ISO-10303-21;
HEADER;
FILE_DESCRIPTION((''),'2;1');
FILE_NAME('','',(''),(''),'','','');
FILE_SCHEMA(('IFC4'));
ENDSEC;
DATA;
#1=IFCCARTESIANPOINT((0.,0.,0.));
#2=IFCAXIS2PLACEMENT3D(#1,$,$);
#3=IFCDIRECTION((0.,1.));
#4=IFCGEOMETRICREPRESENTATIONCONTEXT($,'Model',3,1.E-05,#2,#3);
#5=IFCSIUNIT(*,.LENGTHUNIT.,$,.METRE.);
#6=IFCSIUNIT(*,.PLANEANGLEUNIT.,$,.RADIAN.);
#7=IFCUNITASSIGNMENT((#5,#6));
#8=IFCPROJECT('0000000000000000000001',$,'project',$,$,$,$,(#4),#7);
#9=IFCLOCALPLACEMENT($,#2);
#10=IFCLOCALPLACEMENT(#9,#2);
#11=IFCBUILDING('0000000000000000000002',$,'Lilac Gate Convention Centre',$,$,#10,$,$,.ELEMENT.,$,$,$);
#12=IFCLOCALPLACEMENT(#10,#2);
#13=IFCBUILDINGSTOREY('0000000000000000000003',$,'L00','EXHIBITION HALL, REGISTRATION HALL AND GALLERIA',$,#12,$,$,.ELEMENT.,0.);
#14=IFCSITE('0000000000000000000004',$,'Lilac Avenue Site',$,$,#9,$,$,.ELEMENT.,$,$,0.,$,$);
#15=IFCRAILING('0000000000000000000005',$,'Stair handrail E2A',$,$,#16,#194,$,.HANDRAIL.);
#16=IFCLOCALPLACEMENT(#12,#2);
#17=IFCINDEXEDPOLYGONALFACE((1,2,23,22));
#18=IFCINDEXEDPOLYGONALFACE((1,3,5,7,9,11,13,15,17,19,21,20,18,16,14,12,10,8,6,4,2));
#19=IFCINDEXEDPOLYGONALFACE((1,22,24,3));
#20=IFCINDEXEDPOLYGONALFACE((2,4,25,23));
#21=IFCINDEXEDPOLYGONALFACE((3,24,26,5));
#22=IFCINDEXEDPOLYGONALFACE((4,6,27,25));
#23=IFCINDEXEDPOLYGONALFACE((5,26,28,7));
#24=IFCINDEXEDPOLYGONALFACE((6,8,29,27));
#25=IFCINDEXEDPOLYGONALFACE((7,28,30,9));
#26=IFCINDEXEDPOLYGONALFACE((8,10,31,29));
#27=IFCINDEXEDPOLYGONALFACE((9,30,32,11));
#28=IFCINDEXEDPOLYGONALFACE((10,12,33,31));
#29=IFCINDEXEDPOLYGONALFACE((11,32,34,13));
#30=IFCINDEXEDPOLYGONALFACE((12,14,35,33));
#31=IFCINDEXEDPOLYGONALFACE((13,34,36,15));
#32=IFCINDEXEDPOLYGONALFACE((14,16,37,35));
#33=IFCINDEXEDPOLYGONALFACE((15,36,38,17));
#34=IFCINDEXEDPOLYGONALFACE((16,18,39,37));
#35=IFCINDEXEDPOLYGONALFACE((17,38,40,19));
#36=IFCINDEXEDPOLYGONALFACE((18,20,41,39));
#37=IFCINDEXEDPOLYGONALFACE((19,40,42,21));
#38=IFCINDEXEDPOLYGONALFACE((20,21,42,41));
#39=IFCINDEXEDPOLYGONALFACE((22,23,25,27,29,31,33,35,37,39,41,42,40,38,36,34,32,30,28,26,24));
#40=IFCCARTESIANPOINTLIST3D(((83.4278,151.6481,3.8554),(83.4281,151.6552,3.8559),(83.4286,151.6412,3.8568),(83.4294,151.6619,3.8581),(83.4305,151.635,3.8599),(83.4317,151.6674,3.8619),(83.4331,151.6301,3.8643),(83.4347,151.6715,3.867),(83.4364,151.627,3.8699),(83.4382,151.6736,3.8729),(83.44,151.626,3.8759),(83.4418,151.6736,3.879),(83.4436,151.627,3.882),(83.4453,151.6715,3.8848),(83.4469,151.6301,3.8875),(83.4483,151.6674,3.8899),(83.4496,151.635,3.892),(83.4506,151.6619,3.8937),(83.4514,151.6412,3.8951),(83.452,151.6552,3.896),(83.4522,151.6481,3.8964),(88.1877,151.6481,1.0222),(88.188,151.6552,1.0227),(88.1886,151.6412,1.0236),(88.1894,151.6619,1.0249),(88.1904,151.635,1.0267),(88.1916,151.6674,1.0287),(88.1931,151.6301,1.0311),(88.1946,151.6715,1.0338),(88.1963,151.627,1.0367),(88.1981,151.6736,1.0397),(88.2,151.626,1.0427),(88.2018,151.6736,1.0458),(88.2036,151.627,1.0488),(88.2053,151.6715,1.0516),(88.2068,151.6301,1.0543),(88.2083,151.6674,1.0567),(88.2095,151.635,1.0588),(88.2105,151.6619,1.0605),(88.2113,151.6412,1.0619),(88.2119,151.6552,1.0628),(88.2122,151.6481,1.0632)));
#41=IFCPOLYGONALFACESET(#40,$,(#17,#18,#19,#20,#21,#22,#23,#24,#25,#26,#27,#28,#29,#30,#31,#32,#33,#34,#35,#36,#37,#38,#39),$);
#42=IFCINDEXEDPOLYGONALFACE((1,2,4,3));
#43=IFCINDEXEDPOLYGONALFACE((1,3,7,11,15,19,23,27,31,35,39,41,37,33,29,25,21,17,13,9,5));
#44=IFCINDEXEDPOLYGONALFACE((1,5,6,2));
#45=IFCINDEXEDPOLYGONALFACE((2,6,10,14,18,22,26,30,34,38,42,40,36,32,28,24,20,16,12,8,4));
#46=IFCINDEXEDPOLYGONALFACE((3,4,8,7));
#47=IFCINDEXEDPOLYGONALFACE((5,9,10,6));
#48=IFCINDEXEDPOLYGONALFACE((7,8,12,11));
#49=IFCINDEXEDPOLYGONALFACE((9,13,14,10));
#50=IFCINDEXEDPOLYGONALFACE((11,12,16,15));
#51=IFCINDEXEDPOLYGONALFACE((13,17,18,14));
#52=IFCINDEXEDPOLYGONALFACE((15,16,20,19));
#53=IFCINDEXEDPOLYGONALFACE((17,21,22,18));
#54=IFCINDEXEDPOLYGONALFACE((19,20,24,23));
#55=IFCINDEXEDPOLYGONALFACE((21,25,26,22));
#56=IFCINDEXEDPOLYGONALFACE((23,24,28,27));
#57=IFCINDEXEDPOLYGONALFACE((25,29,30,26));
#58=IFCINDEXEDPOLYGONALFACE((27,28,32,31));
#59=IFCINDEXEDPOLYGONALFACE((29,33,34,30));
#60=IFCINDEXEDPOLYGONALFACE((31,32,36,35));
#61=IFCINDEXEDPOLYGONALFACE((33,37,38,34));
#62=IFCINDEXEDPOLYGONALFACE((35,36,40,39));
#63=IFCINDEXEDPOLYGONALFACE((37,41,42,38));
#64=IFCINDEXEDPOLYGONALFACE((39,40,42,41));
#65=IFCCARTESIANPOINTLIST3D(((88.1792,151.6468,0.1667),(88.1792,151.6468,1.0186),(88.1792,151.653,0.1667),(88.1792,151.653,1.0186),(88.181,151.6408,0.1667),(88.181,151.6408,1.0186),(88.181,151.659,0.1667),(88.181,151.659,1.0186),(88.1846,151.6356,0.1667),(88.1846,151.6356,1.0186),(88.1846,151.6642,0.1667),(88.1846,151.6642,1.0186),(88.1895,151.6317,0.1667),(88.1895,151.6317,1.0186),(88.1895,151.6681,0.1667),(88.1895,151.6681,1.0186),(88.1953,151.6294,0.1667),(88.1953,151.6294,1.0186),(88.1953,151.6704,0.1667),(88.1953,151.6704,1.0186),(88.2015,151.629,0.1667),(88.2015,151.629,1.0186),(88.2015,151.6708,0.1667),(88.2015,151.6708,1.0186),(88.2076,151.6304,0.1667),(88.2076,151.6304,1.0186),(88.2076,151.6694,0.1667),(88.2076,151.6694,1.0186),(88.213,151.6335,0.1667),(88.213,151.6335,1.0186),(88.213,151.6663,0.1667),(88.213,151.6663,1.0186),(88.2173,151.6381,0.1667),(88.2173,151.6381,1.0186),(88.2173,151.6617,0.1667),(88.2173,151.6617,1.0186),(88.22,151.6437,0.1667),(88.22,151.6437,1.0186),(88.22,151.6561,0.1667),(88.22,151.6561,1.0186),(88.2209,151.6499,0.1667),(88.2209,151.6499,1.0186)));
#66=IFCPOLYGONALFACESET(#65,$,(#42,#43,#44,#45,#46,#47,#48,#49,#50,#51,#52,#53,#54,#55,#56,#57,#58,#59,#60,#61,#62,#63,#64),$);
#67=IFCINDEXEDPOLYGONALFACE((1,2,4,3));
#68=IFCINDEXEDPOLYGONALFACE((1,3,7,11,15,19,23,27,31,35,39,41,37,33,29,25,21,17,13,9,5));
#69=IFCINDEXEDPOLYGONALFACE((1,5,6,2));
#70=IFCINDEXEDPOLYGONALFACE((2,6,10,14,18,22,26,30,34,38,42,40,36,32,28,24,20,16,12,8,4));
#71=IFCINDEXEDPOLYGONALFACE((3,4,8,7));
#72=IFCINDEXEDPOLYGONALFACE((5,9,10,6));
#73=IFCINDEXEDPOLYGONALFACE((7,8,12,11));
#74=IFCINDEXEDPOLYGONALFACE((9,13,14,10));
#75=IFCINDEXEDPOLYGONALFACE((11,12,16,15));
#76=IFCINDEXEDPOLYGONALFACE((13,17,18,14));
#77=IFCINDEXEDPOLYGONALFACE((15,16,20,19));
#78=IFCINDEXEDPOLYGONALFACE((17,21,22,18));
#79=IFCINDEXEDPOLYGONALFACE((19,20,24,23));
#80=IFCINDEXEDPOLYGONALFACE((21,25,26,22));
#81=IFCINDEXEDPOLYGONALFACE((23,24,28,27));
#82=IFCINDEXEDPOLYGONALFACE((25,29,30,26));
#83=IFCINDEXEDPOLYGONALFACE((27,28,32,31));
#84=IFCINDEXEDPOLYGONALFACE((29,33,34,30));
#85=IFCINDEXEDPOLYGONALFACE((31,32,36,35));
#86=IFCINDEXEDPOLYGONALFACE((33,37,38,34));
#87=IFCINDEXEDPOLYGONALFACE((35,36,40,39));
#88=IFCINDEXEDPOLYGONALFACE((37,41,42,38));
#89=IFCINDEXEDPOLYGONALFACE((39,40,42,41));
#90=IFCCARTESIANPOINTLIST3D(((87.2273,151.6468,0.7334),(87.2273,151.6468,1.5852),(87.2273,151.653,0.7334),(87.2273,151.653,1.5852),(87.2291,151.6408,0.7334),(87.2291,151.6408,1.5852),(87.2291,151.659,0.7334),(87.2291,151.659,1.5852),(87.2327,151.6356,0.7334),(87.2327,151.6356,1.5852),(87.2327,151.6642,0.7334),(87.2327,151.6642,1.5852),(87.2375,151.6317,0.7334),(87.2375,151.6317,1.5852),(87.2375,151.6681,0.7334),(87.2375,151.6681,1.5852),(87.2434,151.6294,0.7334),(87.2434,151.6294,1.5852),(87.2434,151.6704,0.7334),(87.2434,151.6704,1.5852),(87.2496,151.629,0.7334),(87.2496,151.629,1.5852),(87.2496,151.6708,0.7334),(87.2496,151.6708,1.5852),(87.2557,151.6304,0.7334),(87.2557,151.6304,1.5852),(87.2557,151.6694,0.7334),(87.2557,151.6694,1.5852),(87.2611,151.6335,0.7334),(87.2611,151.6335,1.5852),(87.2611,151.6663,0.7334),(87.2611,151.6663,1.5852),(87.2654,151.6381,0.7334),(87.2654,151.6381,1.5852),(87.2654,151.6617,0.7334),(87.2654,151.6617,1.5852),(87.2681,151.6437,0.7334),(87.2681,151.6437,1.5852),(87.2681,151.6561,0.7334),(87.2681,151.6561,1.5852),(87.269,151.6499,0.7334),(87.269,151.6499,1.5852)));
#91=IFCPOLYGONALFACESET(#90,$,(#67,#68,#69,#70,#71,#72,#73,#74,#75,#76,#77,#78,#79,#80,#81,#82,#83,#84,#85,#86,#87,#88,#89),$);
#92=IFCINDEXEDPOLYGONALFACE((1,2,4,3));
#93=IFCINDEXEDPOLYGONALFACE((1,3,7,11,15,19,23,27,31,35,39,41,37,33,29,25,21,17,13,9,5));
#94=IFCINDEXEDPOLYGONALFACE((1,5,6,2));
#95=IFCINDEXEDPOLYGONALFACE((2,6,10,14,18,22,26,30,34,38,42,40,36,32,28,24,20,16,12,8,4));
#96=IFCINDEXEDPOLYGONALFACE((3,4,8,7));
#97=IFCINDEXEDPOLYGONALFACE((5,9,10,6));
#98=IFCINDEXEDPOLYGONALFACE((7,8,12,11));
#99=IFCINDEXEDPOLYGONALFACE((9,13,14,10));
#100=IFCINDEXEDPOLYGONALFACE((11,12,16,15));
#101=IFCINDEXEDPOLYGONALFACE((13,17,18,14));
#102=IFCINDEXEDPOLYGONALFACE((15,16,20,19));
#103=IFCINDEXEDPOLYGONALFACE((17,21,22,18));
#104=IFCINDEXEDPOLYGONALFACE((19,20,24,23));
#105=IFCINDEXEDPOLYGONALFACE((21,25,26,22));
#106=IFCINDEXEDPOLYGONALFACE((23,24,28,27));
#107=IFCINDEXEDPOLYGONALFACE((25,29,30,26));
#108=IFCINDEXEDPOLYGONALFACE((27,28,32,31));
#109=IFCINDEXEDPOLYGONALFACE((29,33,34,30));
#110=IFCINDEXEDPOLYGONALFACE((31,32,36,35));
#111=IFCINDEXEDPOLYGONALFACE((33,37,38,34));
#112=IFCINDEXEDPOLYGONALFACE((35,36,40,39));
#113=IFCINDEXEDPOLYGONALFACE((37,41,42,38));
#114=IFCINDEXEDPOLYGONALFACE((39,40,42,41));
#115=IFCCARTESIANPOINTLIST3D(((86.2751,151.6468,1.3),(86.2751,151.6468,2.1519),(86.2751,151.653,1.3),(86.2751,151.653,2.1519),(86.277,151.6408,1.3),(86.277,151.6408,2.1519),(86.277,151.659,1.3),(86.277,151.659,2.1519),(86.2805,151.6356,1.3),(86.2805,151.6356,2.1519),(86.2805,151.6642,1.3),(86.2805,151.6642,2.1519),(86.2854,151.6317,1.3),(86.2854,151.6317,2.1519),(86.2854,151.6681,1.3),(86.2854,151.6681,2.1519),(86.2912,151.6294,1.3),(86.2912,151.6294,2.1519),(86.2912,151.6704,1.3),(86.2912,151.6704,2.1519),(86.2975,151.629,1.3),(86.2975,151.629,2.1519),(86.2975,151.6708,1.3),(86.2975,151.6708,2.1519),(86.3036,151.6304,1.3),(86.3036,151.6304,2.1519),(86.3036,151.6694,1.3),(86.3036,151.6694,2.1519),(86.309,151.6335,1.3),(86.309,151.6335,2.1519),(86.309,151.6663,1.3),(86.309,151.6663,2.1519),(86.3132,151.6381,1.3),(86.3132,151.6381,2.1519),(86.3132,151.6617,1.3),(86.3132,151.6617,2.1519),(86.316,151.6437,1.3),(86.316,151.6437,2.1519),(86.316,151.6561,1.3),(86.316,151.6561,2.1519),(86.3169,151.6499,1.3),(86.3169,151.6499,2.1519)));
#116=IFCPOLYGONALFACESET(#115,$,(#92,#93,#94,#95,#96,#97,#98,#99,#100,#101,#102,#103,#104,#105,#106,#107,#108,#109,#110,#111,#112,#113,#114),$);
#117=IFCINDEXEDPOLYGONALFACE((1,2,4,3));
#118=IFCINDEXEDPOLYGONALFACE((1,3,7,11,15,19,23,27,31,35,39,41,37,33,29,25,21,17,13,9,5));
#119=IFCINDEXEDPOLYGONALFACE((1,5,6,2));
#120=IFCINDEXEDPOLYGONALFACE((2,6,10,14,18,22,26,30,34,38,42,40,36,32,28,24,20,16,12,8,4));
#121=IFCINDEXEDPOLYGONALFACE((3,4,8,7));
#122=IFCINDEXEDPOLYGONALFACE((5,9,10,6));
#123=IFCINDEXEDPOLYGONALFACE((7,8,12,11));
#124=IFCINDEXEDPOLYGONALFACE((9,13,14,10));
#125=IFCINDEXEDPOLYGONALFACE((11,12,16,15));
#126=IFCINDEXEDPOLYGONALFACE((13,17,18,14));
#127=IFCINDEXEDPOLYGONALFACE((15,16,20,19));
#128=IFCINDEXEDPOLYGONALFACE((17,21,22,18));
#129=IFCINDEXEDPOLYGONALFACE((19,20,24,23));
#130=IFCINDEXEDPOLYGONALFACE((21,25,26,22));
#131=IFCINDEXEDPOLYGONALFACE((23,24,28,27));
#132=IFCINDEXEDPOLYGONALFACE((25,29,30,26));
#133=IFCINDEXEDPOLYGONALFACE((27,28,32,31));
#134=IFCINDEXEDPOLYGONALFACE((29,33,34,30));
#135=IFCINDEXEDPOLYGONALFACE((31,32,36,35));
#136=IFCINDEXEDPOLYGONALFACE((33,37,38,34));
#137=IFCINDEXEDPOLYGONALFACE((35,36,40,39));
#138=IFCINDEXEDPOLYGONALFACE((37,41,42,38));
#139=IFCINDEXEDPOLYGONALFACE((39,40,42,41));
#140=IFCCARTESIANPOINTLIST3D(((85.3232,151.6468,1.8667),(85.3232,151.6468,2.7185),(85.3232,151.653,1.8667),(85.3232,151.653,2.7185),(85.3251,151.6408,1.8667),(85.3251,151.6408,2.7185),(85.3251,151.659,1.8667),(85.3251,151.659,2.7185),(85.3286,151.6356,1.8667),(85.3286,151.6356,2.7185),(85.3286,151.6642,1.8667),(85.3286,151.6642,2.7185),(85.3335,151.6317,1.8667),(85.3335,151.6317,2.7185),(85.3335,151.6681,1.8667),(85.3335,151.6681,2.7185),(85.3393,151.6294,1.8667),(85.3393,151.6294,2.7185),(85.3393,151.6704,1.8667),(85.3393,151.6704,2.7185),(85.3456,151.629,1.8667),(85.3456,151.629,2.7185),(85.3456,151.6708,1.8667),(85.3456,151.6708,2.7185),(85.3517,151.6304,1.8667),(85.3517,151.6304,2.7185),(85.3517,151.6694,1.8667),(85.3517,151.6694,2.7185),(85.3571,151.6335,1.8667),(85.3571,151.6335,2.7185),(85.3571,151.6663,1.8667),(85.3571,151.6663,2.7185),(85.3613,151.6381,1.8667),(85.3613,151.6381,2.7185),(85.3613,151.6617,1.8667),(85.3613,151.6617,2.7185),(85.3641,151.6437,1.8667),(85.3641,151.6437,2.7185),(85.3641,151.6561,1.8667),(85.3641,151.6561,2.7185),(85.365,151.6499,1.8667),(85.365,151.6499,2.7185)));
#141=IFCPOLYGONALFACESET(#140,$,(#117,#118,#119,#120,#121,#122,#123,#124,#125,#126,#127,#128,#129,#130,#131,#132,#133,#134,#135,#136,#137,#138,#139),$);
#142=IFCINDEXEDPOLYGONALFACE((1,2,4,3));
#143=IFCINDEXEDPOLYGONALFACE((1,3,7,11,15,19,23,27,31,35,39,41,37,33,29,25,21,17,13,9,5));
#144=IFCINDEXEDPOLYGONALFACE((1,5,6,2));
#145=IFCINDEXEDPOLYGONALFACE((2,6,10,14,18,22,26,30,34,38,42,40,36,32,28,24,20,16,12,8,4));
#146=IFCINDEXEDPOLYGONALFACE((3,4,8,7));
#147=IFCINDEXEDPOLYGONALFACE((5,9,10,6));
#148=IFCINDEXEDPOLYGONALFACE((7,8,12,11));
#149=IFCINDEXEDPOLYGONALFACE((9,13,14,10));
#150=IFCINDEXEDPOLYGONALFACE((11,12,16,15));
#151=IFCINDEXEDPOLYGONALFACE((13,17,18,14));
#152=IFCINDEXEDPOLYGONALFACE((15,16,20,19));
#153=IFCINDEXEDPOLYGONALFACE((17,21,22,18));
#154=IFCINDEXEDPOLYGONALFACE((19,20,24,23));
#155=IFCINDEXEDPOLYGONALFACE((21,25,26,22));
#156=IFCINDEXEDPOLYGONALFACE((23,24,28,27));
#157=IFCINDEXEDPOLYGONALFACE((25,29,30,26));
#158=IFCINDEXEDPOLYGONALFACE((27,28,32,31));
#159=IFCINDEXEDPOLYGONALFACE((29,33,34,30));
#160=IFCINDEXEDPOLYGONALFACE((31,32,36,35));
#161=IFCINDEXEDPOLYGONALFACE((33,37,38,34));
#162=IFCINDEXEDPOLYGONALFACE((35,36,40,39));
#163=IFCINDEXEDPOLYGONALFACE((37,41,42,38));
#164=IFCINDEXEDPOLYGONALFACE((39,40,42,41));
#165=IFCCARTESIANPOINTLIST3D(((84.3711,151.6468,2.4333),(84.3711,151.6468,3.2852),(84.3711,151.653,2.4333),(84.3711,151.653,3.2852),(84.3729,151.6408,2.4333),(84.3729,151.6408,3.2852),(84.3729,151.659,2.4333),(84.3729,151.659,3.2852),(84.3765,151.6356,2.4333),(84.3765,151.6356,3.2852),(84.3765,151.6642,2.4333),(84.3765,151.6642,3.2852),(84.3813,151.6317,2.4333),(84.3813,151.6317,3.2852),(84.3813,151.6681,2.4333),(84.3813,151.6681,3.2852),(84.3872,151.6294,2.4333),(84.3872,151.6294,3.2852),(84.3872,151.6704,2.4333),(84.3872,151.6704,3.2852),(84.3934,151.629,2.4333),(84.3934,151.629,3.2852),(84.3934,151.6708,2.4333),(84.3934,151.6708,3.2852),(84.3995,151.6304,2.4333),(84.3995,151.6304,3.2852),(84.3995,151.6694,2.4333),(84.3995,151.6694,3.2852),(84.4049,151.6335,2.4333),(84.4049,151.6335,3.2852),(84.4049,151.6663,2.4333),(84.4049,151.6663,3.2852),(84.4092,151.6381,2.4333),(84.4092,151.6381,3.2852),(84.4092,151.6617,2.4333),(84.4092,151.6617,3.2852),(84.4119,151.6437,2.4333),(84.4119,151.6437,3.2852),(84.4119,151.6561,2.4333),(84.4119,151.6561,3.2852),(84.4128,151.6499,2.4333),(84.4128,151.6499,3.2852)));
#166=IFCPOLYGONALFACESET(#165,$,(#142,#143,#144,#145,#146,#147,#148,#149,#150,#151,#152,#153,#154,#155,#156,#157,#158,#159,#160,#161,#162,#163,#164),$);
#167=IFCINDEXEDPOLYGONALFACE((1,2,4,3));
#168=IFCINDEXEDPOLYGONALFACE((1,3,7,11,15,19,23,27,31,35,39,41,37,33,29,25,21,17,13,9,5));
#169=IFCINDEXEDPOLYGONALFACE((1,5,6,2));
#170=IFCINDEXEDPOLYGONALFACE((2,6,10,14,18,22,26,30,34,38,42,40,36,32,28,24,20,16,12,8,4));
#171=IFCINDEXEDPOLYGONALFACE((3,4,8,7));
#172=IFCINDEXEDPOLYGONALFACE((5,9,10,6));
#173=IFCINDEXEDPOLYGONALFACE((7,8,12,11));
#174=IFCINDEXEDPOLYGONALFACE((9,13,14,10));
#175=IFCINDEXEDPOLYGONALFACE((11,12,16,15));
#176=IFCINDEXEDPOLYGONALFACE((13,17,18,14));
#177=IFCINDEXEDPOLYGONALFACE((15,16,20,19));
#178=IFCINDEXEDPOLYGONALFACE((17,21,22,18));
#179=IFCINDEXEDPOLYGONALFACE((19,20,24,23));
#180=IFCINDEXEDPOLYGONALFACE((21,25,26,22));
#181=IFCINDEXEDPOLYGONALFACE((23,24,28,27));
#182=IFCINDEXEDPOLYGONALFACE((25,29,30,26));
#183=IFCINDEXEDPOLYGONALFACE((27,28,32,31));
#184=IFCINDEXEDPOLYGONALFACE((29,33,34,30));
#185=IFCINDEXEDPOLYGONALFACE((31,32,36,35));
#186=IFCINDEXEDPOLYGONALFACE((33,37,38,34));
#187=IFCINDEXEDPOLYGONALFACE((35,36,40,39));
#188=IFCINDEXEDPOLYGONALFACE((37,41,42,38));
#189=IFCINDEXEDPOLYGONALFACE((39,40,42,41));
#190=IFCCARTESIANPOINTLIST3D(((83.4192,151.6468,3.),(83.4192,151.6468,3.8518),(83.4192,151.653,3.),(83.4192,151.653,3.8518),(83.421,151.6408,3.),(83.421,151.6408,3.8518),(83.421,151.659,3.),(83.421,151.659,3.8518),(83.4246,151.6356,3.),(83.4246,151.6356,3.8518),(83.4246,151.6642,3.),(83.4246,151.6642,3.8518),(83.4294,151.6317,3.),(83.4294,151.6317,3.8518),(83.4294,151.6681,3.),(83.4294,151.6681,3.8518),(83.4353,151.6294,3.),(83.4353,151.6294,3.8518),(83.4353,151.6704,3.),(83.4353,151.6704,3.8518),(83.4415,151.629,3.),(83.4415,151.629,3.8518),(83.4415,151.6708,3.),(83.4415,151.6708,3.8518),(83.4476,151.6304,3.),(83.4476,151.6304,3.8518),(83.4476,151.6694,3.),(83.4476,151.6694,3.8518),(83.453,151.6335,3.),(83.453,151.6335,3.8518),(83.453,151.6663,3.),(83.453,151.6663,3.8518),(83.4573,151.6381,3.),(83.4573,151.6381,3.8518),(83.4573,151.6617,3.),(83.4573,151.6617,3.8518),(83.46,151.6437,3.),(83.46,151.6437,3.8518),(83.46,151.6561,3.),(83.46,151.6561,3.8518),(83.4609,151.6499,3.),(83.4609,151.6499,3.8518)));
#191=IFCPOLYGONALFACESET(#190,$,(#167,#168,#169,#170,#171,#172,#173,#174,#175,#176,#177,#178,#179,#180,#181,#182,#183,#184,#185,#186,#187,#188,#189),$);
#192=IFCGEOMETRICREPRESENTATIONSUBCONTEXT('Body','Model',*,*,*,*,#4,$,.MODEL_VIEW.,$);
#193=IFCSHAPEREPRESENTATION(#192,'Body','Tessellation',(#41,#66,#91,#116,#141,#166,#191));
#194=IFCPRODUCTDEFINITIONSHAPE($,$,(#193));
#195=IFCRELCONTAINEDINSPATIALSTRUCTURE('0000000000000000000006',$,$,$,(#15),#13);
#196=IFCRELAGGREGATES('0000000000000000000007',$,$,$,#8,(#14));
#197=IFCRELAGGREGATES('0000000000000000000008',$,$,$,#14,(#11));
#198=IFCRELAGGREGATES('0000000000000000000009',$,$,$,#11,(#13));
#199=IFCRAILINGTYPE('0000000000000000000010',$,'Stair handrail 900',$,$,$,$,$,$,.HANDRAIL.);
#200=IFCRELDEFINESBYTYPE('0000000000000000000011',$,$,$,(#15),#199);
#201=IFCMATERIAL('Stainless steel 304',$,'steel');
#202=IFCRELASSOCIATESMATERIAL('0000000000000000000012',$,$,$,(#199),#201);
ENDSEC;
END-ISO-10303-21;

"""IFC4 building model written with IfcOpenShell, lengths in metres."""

from ifc_helpers import new_model, si_unit, direction, frame, origin, origin_2d, place, context, subcontext, project, spatial, circle, extrude, material, type_object, element, save


model = new_model("IFC4")

# Units and contexts
model_context = context("Model", 3, precision=1e-05, world=origin(), true_north=direction((0.0, 1.0)))
body_context = subcontext(model_context, "Body", "Model", "MODEL_VIEW")
ifc_project = project(units=[si_unit("LENGTHUNIT", "METRE"), si_unit("PLANEANGLEUNIT", "RADIAN")], contexts=[model_context])

# Site, building, storey
site_placement = place(None, origin())
site = spatial("IfcSite", under=ifc_project, at=site_placement, Name="Lilac Avenue Site", CompositionType="ELEMENT", RefElevation=0.0)
building_placement = place(site_placement, origin())
building = spatial("IfcBuilding", under=site, at=building_placement, Name="Lilac Gate Convention Centre", CompositionType="ELEMENT")
storey_placement = place(building_placement, origin())
storey = spatial("IfcBuildingStorey", under=building, at=storey_placement, Name="L00", Description="EXHIBITION HALL, REGISTRATION HALL AND GALLERIA", CompositionType="ELEMENT", Elevation=0.0)

# Railing
ifc_material_1 = material(Name="Stainless steel 304", Category="steel")
railing_type = type_object("IfcRailingType", Name="Stair handrail 900", PredefinedType="HANDRAIL", material=ifc_material_1)
for number, where, name in (
    (1, (88.2, 151.6499, 0.1667), "Stair handrail E2A"),
):
    element("IfcRailing", number, at=place(storey_placement, frame(where)), inside=storey, type_object=railing_type, Name=name, PredefinedType="HANDRAIL", context=body_context, shape_type="SweptSolid", body=[
        extrude(circle(Radius=0.0239, at=origin_2d()), frame((0.0, 0.0, 0.876), z_axis=(-0.8593, 0.0, 0.511472), x_axis=(0.0, -1.0, 0.0)), (0.0, 0.0, 1.0), 5.5393),
        extrude(circle(Radius=0.021, at=origin_2d()), origin(), (0.0, 0.0, 1.0), 0.8518),
        extrude(circle(Radius=0.021, at=origin_2d()), frame((-0.9519, 0.0, 0.5667)), (0.0, 0.0, 1.0), 0.8518),
        extrude(circle(Radius=0.021, at=origin_2d()), frame((-1.9041, 0.0, 1.1333)), (0.0, 0.0, 1.0), 0.8518),
        extrude(circle(Radius=0.021, at=origin_2d()), frame((-2.856, 0.0, 1.7)), (0.0, 0.0, 1.0), 0.8518),
        extrude(circle(Radius=0.021, at=origin_2d()), frame((-3.8081, 0.0, 2.2666)), (0.0, 0.0, 1.0), 0.8518),
        extrude(circle(Radius=0.021, at=origin_2d()), frame((-4.76, 0.0, 2.8333)), (0.0, 0.0, 1.0), 0.8518),
    ])

save(model, "model.ifc")
